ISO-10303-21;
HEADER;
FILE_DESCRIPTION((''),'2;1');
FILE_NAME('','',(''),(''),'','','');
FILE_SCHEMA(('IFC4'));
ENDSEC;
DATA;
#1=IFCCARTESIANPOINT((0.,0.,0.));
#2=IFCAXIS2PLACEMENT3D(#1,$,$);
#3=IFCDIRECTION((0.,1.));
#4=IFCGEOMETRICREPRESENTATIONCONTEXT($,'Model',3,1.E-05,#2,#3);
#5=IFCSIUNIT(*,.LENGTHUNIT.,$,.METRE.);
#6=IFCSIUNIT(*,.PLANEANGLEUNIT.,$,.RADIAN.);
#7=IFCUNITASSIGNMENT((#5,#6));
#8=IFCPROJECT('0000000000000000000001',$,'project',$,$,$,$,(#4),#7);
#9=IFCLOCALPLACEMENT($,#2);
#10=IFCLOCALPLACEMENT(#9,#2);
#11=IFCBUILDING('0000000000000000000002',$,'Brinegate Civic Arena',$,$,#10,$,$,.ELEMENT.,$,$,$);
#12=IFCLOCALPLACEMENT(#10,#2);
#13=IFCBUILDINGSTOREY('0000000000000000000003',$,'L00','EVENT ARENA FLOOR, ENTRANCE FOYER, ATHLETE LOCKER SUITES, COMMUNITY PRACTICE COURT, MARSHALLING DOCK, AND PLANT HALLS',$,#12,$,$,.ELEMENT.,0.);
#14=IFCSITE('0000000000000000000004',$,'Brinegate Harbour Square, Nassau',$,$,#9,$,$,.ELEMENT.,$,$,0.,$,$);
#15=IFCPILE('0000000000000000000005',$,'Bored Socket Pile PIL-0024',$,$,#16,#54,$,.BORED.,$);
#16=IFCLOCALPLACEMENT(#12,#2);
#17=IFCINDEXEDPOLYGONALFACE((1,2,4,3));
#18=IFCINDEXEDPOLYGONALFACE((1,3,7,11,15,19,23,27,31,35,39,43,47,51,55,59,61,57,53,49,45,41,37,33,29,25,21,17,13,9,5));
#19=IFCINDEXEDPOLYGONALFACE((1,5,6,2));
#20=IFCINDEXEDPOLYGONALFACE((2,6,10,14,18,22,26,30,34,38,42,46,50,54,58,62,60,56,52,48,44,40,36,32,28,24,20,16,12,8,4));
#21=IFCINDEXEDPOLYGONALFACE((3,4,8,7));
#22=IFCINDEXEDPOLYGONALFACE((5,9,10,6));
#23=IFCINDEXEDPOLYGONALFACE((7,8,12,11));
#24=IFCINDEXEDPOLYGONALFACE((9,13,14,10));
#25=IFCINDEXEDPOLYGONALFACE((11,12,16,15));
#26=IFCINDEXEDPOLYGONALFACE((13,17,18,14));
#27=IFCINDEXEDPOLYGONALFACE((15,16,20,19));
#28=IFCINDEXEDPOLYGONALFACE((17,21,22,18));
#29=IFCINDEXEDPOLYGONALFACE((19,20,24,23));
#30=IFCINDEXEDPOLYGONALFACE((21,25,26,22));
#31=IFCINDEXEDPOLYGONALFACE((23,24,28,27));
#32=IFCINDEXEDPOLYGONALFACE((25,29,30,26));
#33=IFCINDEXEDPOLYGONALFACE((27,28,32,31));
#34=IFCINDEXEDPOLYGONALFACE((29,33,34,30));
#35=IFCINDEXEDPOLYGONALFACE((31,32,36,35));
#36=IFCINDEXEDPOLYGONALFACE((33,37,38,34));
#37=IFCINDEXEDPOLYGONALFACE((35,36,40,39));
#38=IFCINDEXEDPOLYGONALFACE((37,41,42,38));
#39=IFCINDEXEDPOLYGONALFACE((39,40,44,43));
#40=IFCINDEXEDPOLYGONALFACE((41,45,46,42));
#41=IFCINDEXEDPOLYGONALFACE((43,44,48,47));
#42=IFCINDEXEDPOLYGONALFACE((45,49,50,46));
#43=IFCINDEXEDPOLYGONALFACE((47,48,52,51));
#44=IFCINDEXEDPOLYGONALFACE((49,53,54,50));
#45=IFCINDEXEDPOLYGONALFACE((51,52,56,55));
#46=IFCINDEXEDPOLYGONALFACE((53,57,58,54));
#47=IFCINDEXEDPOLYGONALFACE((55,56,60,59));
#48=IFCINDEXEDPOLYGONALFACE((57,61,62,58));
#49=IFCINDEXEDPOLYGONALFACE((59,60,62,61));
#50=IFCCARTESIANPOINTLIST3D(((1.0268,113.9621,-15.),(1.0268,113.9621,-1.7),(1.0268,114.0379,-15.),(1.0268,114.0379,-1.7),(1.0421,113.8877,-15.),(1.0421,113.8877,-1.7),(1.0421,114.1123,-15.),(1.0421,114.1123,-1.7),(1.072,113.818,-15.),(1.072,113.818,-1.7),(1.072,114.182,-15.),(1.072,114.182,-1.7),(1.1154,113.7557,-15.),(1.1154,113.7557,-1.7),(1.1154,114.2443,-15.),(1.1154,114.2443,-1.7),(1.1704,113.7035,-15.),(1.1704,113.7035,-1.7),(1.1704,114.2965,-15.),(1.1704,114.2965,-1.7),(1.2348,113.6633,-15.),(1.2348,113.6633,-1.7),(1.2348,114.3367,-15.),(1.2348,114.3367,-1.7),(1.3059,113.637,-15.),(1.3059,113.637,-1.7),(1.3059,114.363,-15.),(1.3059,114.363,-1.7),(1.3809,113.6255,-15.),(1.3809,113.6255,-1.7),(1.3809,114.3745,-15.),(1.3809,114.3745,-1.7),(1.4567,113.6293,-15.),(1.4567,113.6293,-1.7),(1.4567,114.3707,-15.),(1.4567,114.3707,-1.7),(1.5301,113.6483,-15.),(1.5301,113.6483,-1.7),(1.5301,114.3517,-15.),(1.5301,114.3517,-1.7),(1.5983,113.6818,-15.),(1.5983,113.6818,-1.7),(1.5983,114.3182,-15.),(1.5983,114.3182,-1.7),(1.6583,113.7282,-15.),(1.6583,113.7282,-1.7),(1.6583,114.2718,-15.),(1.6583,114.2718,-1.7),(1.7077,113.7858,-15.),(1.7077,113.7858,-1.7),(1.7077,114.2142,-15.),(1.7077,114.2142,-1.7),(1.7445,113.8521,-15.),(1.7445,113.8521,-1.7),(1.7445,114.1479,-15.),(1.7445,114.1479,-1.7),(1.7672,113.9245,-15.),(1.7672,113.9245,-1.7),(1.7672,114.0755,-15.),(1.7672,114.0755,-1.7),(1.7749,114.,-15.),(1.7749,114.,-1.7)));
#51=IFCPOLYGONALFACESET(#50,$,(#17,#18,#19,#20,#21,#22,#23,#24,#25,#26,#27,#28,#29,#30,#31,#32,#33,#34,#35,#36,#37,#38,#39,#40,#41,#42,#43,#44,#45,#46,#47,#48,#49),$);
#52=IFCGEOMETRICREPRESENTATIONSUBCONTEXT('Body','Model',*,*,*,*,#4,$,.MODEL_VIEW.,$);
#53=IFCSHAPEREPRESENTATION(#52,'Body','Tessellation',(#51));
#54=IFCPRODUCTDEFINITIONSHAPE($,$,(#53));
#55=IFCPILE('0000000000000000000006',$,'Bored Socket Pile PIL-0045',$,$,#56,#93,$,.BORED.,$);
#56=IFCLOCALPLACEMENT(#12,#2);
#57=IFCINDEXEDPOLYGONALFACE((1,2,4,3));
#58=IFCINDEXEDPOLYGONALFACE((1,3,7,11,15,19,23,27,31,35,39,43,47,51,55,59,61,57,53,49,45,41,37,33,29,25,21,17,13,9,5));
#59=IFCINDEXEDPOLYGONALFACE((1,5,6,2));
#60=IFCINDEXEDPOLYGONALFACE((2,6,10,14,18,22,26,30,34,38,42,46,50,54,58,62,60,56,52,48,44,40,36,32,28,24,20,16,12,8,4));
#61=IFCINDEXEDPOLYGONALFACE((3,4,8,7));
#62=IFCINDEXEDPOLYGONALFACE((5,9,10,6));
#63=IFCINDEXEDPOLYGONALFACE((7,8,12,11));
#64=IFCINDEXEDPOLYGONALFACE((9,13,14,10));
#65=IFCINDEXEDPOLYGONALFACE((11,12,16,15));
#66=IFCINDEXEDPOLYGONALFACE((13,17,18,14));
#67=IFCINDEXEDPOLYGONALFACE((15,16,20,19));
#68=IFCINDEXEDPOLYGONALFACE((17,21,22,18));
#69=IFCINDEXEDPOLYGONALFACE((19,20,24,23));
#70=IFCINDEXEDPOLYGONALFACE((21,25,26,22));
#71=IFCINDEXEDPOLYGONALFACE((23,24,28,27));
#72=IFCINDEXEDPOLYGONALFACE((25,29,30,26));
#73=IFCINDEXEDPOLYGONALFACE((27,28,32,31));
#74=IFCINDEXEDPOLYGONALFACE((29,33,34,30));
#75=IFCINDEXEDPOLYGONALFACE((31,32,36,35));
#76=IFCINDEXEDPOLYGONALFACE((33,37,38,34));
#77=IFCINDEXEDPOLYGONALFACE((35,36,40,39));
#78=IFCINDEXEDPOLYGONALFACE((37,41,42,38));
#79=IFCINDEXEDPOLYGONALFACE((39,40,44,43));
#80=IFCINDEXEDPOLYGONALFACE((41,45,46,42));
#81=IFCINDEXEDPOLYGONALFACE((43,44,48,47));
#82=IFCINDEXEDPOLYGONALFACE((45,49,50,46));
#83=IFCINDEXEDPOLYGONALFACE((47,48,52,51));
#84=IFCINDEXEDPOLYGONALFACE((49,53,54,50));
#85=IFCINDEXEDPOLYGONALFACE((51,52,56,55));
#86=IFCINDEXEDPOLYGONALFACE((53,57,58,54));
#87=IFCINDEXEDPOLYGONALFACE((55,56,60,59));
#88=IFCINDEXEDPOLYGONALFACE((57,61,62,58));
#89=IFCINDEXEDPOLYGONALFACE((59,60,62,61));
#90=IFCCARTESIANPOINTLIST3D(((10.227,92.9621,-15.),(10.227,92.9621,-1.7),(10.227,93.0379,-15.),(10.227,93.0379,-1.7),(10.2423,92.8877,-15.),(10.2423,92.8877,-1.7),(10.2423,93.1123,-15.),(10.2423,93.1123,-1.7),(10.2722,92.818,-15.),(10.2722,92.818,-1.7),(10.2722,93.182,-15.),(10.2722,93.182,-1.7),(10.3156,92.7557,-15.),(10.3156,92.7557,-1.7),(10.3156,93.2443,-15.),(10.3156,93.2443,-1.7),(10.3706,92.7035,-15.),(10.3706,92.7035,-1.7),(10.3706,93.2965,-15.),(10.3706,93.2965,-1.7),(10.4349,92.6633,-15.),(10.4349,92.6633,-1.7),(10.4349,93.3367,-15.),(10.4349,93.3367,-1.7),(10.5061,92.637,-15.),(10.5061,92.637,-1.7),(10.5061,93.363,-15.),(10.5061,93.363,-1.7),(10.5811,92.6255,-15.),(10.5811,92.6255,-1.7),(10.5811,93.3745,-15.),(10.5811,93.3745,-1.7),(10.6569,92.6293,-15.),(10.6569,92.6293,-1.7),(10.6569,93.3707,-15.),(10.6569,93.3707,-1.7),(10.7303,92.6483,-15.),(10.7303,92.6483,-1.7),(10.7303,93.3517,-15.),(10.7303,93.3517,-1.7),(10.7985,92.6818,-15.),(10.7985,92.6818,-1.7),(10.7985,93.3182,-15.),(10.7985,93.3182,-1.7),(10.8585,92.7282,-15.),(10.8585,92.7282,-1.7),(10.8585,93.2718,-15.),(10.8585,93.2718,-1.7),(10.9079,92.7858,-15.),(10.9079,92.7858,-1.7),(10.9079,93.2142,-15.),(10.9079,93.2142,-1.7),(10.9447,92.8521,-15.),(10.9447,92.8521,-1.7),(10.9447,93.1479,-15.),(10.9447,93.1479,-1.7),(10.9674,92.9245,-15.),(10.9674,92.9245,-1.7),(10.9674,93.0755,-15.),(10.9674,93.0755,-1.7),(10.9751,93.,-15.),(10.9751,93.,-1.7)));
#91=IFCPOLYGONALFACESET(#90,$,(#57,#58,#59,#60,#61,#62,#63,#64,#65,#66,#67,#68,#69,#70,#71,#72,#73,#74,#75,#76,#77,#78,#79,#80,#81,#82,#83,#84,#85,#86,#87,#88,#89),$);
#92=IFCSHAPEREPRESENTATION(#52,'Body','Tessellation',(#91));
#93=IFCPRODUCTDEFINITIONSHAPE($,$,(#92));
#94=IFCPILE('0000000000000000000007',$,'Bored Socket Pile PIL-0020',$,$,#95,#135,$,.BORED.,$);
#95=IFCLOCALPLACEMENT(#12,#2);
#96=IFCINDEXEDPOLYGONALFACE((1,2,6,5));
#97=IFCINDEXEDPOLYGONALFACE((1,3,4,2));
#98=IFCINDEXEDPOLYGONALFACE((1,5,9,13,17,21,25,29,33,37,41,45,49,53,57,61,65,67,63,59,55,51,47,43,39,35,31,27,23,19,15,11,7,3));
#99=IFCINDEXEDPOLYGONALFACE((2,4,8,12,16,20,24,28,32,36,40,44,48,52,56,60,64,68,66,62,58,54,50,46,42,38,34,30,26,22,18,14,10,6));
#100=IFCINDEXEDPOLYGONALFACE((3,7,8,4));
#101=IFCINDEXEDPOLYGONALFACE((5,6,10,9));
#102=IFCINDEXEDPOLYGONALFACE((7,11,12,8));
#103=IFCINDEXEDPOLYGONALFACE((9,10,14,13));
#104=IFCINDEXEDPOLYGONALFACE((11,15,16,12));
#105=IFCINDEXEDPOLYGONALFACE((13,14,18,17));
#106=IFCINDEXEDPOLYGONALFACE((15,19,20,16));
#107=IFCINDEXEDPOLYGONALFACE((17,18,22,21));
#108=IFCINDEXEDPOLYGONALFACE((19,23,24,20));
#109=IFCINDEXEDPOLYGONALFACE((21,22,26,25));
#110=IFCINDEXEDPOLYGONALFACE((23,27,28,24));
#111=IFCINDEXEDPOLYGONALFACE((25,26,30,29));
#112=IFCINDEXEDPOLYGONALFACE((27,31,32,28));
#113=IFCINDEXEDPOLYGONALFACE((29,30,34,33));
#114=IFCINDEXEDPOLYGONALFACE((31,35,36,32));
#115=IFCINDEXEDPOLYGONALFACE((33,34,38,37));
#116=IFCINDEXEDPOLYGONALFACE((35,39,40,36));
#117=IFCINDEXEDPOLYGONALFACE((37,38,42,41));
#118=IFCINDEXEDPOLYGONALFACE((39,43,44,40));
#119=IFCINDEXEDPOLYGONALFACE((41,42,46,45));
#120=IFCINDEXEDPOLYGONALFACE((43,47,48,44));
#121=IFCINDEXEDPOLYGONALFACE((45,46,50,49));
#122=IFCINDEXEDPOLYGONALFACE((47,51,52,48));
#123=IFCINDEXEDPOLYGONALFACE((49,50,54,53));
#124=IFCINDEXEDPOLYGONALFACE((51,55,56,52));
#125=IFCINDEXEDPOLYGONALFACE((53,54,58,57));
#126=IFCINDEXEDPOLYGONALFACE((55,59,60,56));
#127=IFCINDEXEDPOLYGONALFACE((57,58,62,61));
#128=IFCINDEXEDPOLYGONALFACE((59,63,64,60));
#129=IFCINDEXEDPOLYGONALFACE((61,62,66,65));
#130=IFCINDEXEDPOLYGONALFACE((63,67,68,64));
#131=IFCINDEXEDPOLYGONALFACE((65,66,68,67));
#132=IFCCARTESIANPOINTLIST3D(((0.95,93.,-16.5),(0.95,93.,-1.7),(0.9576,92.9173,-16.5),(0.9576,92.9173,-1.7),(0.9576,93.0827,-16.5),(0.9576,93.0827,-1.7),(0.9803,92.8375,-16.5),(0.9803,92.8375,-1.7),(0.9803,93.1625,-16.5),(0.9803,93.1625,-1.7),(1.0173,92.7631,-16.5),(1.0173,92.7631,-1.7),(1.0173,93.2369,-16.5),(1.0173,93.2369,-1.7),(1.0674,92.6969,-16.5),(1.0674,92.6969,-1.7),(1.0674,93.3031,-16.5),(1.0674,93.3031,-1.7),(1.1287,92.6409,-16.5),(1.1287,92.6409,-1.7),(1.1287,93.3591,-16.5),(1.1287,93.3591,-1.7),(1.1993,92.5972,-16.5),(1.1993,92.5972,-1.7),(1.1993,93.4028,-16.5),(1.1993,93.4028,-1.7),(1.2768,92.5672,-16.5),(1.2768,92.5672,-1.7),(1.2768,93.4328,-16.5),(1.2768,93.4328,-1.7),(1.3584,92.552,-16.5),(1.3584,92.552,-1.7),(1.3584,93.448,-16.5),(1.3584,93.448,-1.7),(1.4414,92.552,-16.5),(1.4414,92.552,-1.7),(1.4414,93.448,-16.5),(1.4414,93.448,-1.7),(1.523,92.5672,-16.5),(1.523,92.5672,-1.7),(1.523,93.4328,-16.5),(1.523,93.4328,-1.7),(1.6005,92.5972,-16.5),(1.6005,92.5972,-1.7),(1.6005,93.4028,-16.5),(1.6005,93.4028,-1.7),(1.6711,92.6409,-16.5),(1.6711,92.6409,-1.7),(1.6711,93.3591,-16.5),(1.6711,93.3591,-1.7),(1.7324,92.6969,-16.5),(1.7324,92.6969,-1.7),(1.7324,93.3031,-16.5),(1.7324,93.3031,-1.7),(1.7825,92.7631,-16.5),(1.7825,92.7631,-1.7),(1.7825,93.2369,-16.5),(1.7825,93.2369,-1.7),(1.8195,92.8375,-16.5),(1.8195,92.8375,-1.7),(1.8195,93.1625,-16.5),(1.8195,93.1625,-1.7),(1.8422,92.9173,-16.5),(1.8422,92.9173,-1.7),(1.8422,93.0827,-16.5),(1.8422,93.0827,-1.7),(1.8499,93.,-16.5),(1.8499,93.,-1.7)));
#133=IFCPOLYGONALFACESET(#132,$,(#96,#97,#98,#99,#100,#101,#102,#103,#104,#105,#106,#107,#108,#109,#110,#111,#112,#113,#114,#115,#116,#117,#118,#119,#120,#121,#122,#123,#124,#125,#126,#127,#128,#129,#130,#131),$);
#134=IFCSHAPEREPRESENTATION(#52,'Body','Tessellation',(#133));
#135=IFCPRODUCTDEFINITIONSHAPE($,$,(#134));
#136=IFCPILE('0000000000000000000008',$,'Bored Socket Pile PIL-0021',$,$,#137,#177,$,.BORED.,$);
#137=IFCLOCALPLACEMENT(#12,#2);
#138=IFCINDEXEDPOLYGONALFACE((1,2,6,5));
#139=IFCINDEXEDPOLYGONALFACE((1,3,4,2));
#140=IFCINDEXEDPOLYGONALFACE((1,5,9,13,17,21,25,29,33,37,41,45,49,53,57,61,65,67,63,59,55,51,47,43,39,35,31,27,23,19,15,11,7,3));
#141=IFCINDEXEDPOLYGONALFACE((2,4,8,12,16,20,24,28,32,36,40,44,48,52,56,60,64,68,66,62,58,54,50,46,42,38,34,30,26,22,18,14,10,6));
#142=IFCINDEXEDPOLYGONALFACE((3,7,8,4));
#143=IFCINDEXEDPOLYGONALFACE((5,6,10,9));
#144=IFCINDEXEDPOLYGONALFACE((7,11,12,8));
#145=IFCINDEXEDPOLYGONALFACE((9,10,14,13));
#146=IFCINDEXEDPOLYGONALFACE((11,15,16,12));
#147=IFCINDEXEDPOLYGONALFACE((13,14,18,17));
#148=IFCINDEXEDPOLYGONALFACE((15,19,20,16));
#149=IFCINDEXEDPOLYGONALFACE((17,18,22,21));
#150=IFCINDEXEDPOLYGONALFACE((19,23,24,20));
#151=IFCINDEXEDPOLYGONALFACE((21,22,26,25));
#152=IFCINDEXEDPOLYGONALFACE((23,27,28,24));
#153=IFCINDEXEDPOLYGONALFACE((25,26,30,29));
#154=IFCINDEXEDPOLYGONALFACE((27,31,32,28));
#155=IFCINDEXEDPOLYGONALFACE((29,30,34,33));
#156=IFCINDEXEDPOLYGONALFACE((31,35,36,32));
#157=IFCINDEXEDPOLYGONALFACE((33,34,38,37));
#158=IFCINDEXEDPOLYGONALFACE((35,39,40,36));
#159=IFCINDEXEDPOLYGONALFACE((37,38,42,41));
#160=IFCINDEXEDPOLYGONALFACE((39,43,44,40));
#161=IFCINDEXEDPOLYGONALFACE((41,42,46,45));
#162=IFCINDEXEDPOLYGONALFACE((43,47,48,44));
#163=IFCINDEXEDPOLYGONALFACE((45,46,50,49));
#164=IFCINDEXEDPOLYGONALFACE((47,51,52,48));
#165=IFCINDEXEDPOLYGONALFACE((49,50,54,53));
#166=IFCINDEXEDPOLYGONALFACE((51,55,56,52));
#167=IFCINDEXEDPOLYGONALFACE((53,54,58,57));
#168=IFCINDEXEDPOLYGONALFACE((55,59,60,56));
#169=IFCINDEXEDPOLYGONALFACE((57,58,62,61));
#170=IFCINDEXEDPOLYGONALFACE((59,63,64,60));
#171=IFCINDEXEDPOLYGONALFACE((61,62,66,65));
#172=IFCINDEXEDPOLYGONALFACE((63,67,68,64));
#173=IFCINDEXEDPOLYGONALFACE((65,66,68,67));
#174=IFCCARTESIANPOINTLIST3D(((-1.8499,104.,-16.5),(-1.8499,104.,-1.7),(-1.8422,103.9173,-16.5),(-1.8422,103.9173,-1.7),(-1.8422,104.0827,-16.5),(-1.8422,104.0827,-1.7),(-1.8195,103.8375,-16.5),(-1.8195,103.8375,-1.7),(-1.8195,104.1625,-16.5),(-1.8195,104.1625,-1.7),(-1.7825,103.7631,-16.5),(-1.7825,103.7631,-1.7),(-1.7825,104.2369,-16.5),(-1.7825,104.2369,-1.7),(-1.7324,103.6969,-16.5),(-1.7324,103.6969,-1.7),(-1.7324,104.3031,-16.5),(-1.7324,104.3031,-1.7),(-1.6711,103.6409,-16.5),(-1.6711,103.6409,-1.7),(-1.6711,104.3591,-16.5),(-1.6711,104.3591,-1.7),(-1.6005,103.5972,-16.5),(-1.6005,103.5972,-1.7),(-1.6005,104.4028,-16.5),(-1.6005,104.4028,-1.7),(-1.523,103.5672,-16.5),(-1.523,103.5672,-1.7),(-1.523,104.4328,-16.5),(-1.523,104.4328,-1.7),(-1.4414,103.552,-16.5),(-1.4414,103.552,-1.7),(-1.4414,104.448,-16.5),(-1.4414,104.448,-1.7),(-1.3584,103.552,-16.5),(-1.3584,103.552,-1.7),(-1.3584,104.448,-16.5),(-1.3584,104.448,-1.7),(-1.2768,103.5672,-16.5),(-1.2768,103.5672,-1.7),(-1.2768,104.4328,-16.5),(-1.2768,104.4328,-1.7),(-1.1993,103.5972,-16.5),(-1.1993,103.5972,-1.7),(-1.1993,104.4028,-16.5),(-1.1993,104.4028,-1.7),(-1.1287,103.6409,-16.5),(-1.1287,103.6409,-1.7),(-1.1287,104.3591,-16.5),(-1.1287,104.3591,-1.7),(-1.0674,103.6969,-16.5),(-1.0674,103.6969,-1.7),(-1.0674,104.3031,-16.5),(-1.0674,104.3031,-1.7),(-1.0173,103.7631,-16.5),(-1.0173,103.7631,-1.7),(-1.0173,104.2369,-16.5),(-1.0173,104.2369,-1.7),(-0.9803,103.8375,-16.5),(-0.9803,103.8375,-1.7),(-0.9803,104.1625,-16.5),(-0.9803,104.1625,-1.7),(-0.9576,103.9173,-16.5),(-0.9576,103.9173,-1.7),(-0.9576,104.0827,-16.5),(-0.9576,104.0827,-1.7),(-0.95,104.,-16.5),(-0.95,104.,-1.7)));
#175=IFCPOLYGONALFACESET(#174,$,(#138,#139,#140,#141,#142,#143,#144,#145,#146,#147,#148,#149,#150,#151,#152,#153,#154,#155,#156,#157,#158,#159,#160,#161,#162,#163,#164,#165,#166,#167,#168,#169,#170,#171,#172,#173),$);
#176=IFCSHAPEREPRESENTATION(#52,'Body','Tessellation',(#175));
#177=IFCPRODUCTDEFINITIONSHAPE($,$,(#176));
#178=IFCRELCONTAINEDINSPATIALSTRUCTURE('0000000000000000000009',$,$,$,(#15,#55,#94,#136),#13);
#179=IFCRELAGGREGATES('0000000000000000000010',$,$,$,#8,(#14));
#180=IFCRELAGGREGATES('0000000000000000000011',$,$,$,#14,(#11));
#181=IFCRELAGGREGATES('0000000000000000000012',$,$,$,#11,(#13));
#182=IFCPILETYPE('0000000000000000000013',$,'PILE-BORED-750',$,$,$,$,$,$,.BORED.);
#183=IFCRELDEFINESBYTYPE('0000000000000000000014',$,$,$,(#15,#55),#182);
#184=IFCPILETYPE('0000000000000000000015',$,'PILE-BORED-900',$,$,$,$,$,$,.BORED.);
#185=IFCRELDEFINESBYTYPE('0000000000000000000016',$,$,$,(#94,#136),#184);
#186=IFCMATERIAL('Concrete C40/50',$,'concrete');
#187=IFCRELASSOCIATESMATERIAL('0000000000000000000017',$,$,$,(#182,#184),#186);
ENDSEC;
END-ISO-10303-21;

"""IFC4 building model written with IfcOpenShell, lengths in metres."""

from ifc_helpers import new_model, si_unit, direction, frame, origin, origin_2d, place, context, subcontext, project, spatial, circle, extrude, material, material_profile, profile_set, type_object, element, save


model = new_model("IFC4")

# Units and contexts
model_context = context("Model", 3, precision=1e-05, world=origin(), true_north=direction((0.0, 1.0)))
body_context = subcontext(model_context, "Body", "Model", "MODEL_VIEW")
ifc_project = project(units=[si_unit("LENGTHUNIT", "METRE"), si_unit("PLANEANGLEUNIT", "RADIAN")], contexts=[model_context])

# Site, building, storey
site_placement = place(None, origin())
site = spatial("IfcSite", under=ifc_project, at=site_placement, Name="Brinegate Harbour Square, Nassau", CompositionType="ELEMENT", RefElevation=0.0)
building_placement = place(site_placement, origin())
building = spatial("IfcBuilding", under=site, at=building_placement, Name="Brinegate Civic Arena", CompositionType="ELEMENT")
storey_placement = place(building_placement, origin())
storey = spatial("IfcBuildingStorey", under=building, at=storey_placement, Name="L00", Description="EVENT ARENA FLOOR, ENTRANCE FOYER, ATHLETE LOCKER SUITES, COMMUNITY PRACTICE COURT, MARSHALLING DOCK, AND PLANT HALLS", CompositionType="ELEMENT", Elevation=0.0)

# Shared definitions
ifc_material_1 = material(Name="Concrete C40/50", Category="concrete")

# Piles
ifc_material_profile_1 = material_profile(ifc_material_1, circle(Radius=0.375, at=origin_2d()), Name="PILED750")
ifc_profile_set_1 = profile_set([ifc_material_profile_1], Name="Concrete C40/50")
pile_type_1 = type_object("IfcPileType", Name="PILE-BORED-750", PredefinedType="BORED", material=ifc_profile_set_1)
for number, where, z_axis, x_axis, name in (
    (1, (1.3999, 114.0, -1.7), (0.0, 0.0, -1.0), (1.0, 0.0, 0.0), "Bored Socket Pile PIL-0024"),
    (2, (10.6001, 93.0, -1.7), (0.0, 0.0, -1.0), (1.0, 0.0, 0.0), "Bored Socket Pile PIL-0045"),
):
    element("IfcPile", number, at=place(storey_placement, frame(where, z_axis=z_axis, x_axis=x_axis)), inside=storey, type_object=pile_type_1, Name=name, PredefinedType="BORED", context=body_context, shape_type="SweptSolid", body=[
        extrude(circle(Radius=0.375, at=origin_2d()), origin(), (0.0, 0.0, 1.0), 13.3),
    ])
ifc_material_profile_2 = material_profile(ifc_material_1, circle(Radius=0.45, at=origin_2d()), Name="PILED900")
ifc_profile_set_2 = profile_set([ifc_material_profile_2], Name="Concrete C40/50")
pile_type_2 = type_object("IfcPileType", Name="PILE-BORED-900", PredefinedType="BORED", material=ifc_profile_set_2)
for number, where, z_axis, x_axis, name in (
    (3, (1.3999, 93.0, -1.7), (0.0, 0.0, -1.0), (1.0, 0.0, 0.0), "Bored Socket Pile PIL-0020"),
    (4, (-1.3999, 104.0, -1.7), (0.0, 0.0, -1.0), (1.0, 0.0, 0.0), "Bored Socket Pile PIL-0021"),
):
    element("IfcPile", number, at=place(storey_placement, frame(where, z_axis=z_axis, x_axis=x_axis)), inside=storey, type_object=pile_type_2, Name=name, PredefinedType="BORED", context=body_context, shape_type="SweptSolid", body=[
        extrude(circle(Radius=0.45, at=origin_2d()), origin(), (0.0, 0.0, 1.0), 14.8),
    ])

save(model, "model.ifc")
